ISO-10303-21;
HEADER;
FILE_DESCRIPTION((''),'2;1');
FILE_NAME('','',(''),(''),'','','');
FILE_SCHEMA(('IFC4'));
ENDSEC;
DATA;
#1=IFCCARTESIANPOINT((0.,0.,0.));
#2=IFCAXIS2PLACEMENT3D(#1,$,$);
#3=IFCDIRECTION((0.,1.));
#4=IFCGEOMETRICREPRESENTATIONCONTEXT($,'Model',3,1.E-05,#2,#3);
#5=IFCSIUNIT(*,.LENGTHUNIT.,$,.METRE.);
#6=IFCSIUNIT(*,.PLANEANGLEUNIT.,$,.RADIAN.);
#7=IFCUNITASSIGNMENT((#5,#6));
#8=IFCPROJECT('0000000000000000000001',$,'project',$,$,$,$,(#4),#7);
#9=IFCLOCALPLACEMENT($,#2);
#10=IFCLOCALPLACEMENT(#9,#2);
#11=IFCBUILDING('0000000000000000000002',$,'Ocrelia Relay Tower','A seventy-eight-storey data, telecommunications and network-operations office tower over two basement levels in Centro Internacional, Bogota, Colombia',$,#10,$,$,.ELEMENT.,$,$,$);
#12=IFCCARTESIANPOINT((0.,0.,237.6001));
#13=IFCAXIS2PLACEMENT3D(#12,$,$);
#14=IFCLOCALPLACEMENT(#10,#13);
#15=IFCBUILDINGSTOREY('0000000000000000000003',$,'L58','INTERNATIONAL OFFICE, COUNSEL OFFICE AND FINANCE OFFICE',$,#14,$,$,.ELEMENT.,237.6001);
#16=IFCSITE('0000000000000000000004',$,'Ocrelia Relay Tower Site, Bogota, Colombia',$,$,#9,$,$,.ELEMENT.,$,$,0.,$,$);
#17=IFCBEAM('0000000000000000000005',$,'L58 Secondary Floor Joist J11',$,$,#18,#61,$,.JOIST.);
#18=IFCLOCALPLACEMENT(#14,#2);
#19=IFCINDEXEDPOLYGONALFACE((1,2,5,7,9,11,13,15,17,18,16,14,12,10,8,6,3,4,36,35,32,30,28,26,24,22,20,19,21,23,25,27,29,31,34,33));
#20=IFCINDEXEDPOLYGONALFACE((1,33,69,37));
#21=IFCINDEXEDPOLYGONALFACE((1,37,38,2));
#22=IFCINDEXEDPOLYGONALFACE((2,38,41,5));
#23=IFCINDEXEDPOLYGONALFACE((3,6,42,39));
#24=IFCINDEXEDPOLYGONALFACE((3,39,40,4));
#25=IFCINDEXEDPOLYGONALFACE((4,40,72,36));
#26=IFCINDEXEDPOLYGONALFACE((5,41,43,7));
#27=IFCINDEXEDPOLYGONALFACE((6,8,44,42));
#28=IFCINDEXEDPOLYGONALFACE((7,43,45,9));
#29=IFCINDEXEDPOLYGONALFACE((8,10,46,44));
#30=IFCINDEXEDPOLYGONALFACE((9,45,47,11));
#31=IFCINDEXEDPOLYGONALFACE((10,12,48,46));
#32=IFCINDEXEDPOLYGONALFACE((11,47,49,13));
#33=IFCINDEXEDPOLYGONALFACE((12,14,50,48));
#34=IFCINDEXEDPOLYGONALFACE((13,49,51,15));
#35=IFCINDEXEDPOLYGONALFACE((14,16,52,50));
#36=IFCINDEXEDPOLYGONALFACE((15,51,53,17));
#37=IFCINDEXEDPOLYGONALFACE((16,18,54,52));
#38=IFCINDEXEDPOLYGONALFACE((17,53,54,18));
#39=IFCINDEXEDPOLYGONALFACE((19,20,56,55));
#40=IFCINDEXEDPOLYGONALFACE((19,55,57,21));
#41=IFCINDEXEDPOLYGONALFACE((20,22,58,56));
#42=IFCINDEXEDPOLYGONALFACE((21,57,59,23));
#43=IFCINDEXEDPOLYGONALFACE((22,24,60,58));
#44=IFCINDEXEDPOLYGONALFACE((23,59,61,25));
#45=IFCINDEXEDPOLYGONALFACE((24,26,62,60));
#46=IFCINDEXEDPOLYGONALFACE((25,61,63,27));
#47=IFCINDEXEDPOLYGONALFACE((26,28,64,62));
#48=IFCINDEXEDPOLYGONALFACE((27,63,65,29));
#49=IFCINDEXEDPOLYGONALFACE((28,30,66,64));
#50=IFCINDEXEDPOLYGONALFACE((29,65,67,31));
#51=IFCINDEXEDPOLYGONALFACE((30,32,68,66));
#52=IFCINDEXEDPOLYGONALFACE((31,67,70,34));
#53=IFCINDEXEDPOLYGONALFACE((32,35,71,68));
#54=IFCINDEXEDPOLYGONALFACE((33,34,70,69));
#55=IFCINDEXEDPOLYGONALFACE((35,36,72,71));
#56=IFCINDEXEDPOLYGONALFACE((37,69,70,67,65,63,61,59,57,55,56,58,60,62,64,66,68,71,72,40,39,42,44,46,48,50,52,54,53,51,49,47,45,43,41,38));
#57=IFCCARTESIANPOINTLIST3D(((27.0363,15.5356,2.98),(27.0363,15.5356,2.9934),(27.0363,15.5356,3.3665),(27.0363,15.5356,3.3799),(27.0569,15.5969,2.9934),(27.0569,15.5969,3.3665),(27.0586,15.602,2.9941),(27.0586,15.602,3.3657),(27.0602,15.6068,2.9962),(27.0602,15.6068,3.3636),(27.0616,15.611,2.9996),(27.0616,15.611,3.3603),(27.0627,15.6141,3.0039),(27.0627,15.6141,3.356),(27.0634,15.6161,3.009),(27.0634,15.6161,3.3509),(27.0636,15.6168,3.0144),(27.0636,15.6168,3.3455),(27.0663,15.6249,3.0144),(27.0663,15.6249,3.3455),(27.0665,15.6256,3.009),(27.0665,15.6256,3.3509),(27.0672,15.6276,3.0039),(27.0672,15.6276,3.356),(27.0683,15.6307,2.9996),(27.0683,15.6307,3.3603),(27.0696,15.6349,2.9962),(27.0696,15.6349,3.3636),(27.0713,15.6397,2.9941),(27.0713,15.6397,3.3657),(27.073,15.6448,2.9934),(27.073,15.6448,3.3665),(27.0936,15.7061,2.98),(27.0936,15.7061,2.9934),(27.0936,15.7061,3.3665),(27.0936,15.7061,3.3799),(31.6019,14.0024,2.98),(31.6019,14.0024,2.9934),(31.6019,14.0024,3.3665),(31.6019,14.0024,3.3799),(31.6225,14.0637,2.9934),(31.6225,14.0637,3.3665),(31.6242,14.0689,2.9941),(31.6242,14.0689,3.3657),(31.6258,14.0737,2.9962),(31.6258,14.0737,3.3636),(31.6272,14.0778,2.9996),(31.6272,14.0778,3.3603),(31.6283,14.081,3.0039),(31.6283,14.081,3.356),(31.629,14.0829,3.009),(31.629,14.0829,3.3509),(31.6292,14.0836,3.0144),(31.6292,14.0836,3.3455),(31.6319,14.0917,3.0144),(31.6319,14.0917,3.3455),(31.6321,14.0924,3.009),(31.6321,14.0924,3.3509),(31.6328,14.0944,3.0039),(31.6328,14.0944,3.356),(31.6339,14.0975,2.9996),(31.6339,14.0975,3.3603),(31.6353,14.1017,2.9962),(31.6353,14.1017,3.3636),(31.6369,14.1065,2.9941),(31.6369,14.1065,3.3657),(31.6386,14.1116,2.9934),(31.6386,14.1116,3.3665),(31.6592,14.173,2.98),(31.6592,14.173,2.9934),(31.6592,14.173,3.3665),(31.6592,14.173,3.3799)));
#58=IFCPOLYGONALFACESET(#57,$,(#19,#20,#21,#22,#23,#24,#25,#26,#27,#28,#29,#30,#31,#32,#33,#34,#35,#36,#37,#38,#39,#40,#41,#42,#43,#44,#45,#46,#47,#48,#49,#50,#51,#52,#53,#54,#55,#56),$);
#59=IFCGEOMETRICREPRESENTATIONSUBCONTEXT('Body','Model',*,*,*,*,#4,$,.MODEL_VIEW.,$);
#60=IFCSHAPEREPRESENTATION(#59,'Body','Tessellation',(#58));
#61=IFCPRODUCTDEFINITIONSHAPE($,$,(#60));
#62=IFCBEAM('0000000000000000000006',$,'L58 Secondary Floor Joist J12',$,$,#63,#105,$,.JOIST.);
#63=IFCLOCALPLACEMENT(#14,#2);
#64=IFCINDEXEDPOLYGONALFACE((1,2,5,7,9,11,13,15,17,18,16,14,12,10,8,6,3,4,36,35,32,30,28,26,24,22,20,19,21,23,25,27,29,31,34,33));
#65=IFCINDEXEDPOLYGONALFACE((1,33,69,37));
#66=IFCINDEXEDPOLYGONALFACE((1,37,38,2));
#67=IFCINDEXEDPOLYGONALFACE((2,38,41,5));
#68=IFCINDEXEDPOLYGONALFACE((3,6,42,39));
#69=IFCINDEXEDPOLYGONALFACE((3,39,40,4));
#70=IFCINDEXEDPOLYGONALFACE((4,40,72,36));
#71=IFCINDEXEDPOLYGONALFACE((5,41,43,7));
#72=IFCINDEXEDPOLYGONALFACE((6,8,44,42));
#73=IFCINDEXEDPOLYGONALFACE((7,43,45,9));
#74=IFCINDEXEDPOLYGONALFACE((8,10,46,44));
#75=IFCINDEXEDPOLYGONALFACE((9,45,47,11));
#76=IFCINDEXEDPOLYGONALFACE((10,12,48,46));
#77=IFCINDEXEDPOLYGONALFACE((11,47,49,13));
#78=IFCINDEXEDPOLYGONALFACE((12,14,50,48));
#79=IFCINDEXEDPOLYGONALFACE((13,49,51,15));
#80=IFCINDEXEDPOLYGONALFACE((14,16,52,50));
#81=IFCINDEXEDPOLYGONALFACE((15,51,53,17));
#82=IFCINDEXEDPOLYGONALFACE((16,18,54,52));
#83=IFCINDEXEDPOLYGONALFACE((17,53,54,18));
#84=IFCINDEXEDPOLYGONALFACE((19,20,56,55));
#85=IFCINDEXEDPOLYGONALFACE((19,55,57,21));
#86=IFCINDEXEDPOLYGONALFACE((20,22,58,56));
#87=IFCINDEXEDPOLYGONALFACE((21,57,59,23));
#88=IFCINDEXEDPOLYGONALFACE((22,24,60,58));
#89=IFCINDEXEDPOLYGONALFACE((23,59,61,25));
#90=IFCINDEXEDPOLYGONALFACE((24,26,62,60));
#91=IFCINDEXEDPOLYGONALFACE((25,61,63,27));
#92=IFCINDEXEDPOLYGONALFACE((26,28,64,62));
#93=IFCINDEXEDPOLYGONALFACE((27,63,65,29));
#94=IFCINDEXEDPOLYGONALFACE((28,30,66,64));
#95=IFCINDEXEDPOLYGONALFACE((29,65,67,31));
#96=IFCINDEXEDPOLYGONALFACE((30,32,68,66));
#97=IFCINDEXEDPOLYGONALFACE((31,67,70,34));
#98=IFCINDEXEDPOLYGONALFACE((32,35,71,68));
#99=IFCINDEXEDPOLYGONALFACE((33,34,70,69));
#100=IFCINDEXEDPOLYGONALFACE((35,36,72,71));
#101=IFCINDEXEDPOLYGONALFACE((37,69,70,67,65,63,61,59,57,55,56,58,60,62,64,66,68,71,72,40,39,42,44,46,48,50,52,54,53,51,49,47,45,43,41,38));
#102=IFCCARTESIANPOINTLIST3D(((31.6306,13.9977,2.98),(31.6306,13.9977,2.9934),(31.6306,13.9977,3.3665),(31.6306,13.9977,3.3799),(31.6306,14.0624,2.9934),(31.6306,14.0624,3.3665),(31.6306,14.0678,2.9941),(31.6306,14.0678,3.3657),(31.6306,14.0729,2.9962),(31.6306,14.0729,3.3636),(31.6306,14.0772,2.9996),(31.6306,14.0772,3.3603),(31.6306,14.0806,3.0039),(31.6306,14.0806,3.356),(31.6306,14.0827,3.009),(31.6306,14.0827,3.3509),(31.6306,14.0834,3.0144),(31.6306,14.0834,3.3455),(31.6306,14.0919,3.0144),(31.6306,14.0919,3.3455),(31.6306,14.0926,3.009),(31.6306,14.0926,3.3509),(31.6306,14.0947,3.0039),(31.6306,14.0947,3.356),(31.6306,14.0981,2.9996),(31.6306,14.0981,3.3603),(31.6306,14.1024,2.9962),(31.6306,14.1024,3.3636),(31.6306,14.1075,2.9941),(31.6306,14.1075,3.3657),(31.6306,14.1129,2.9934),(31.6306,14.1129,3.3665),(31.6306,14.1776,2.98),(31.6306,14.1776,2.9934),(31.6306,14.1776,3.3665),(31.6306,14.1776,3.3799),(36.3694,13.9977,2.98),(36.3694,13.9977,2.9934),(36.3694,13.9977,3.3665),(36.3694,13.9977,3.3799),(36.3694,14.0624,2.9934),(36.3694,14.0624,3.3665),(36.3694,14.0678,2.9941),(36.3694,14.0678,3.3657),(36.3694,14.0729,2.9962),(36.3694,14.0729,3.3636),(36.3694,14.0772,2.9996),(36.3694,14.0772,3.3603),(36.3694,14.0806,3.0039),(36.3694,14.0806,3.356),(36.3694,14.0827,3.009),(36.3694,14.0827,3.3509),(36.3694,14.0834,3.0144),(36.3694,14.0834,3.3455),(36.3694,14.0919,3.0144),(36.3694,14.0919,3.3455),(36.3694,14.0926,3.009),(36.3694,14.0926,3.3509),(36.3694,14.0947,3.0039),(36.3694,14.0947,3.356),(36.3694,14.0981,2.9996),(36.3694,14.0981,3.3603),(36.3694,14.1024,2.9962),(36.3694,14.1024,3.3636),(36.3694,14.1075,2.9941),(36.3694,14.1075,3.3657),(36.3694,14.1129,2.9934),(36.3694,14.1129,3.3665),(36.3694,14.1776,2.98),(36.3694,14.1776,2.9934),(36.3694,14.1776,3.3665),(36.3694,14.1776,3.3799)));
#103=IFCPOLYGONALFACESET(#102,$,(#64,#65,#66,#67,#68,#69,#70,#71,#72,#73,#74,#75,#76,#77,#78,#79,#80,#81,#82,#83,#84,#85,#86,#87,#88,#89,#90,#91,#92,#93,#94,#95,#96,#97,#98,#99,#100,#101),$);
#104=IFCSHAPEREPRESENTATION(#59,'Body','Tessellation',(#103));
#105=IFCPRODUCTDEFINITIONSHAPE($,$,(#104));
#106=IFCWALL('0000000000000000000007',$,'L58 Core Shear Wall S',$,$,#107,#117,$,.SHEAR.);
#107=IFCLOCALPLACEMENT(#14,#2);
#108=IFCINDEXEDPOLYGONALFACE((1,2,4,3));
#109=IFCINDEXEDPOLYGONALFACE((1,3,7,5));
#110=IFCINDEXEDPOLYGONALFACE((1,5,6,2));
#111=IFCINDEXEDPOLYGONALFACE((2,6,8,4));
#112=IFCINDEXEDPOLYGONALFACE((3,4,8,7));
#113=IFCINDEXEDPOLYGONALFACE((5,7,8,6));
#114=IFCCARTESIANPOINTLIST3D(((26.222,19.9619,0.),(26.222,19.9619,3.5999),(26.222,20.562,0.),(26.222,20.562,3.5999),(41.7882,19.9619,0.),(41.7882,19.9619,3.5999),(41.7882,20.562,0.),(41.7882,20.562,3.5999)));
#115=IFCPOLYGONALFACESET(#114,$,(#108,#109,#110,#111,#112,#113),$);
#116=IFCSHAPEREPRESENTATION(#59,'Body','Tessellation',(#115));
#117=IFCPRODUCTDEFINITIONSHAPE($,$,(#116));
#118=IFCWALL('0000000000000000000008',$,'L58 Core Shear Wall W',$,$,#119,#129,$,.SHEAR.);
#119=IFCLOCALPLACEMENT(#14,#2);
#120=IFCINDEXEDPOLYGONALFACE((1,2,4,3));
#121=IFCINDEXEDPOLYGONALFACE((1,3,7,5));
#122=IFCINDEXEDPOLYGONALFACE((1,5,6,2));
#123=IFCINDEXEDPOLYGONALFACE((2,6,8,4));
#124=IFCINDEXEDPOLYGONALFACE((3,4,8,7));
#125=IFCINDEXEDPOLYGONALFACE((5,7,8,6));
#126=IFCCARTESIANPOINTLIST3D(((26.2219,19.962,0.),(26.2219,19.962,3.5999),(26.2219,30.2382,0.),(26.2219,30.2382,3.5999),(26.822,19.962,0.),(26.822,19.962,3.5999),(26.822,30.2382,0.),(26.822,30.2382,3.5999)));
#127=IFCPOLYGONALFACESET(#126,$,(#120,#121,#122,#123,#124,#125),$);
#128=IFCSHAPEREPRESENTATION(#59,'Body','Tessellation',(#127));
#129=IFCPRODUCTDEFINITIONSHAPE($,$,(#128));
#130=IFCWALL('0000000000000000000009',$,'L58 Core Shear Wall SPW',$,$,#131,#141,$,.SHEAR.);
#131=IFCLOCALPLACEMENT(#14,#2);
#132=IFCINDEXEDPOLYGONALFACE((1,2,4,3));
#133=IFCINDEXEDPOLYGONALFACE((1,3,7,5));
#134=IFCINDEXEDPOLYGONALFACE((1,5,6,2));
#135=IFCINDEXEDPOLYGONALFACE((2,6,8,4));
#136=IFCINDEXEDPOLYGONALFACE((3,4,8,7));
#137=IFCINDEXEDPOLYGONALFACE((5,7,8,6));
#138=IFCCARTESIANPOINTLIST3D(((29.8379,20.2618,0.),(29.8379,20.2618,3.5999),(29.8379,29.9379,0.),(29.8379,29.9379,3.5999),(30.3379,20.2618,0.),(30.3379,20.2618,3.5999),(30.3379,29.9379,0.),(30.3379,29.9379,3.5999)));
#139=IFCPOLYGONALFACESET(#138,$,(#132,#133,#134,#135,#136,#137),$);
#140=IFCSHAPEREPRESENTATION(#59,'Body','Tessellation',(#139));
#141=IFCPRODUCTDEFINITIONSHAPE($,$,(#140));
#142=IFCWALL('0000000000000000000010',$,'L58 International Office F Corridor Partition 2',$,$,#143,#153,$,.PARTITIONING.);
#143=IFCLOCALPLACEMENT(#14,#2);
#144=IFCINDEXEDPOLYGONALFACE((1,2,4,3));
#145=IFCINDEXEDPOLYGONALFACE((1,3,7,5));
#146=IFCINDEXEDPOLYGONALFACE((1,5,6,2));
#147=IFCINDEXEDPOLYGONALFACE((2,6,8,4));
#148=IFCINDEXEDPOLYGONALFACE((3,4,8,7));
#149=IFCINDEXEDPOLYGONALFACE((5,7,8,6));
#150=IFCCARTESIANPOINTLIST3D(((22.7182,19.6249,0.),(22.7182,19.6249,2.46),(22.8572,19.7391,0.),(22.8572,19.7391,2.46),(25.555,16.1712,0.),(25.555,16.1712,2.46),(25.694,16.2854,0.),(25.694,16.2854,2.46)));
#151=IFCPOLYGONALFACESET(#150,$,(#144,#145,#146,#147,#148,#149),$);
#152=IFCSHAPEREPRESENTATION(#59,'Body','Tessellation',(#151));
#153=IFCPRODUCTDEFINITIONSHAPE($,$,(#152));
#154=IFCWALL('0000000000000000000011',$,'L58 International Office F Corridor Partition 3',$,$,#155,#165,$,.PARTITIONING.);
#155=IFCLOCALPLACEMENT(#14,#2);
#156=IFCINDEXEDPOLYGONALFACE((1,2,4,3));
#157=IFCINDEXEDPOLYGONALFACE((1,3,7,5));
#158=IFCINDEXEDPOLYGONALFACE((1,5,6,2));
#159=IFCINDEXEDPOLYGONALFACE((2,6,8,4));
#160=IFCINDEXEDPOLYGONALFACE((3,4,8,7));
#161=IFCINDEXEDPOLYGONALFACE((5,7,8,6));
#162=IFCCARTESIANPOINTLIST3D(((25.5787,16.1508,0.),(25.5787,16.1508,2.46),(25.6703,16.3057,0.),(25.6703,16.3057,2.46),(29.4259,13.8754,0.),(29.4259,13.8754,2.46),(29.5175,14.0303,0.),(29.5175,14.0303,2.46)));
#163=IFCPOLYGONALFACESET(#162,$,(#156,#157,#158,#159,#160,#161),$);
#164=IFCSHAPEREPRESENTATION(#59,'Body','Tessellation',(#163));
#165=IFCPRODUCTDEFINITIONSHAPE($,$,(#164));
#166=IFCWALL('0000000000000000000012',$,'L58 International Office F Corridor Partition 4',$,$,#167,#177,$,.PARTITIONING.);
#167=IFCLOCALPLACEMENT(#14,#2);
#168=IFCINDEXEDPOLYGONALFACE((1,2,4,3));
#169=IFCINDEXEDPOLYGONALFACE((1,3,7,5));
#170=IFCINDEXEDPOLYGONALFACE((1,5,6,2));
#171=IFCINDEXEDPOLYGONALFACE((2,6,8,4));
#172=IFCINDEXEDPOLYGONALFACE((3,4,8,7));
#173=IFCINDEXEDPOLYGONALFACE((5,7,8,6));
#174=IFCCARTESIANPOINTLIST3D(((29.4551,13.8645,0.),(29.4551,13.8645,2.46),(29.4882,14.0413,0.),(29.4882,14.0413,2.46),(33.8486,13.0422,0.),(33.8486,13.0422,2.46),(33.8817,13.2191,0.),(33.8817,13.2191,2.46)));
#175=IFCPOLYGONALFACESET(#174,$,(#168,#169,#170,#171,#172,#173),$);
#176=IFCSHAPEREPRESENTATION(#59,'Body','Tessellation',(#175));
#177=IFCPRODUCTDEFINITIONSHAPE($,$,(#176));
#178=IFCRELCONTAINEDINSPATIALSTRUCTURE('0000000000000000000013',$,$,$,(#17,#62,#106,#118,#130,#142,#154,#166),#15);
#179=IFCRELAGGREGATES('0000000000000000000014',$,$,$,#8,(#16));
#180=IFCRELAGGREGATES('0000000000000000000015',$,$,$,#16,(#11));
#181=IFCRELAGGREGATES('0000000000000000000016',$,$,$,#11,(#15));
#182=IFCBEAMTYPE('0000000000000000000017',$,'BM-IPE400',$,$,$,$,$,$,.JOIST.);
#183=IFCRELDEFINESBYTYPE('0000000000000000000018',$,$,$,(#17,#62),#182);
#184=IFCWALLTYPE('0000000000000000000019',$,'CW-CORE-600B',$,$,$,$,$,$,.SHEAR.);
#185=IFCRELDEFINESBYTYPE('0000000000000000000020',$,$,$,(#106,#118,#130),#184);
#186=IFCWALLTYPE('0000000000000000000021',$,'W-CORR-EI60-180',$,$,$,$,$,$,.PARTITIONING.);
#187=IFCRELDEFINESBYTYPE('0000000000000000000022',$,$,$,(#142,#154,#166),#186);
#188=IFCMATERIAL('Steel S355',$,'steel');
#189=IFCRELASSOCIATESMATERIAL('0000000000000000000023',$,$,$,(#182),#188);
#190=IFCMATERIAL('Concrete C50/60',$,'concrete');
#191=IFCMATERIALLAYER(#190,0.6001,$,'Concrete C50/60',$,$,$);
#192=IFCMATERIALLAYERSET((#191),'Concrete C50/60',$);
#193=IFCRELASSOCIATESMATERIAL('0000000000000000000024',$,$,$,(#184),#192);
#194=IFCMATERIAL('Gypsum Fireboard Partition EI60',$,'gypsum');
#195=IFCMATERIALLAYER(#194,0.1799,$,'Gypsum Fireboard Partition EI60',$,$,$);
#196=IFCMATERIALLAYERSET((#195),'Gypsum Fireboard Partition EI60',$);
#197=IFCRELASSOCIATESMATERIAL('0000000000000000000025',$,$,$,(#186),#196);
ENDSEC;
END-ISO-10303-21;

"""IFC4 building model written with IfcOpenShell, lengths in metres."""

from ifc_helpers import new_model, si_unit, direction, frame, frame_2d, origin, origin_2d, place, context, subcontext, project, spatial, rectangle, i_section, extrude, material, layer, layer_set, material_profile, profile_set, type_object, element, save


model = new_model("IFC4")

# Units and contexts
model_context = context("Model", 3, precision=1e-05, world=origin(), true_north=direction((0.0, 1.0)))
body_context = subcontext(model_context, "Body", "Model", "MODEL_VIEW")
ifc_project = project(units=[si_unit("LENGTHUNIT", "METRE"), si_unit("PLANEANGLEUNIT", "RADIAN")], contexts=[model_context])

# Site, building, storey
site_placement = place(None, origin())
site = spatial("IfcSite", under=ifc_project, at=site_placement, Name="Ocrelia Relay Tower Site, Bogota, Colombia", CompositionType="ELEMENT", RefElevation=0.0)
building_placement = place(site_placement, origin())
building = spatial("IfcBuilding", under=site, at=building_placement, Name="Ocrelia Relay Tower", Description="A seventy-eight-storey data, telecommunications and network-operations office tower over two basement levels in Centro Internacional, Bogota, Colombia", CompositionType="ELEMENT")
storey_placement = place(building_placement, frame((0.0, 0.0, 237.6001)))
storey = spatial("IfcBuildingStorey", under=building, at=storey_placement, Name="L58", Description="INTERNATIONAL OFFICE, COUNSEL OFFICE AND FINANCE OFFICE", CompositionType="ELEMENT", Elevation=237.6001)

# Shared definitions
ifc_material_1 = material(Name="Concrete C50/60", Category="concrete")

# Beams
ifc_material_2 = material(Name="Steel S355", Category="steel")
ifc_material_profile_1 = material_profile(ifc_material_2, i_section(OverallWidth=0.1799, OverallDepth=0.3999, WebThickness=0.0085, FlangeThickness=0.0134, FilletRadius=0.021, at=origin_2d()), Name="IPE 400")
ifc_profile_set_1 = profile_set([ifc_material_profile_1], Name="Steel S355")
beam_type_1 = type_object("IfcBeamType", Name="BM-IPE400", PredefinedType="JOIST", material=ifc_profile_set_1)
beam_1_placement = place(storey_placement, frame((27.0649, 15.6208, 3.1799), z_axis=(0.947976, -0.318341, 0.0), x_axis=(0.318341, 0.947976, 0.0)))
element("IfcBeam", 1, at=beam_1_placement, inside=storey, type_object=beam_type_1, Name="L58 Secondary Floor Joist J11", PredefinedType="JOIST", context=body_context, shape_type="SweptSolid", body=[
    extrude(i_section(OverallWidth=0.1799, OverallDepth=0.3999, WebThickness=0.0085, FlangeThickness=0.0134, FilletRadius=0.021, at=origin_2d()), origin(), (0.0, 0.0, 1.0), 4.8162),
])
beam_2_placement = place(storey_placement, frame((31.6306, 14.0876, 3.1799), z_axis=(1.0, 0.0, 0.0), x_axis=(0.0, 1.0, 0.0)))
element("IfcBeam", 2, at=beam_2_placement, inside=storey, type_object=beam_type_1, Name="L58 Secondary Floor Joist J12", PredefinedType="JOIST", context=body_context, shape_type="SweptSolid", body=[
    extrude(i_section(OverallWidth=0.1799, OverallDepth=0.3999, WebThickness=0.0085, FlangeThickness=0.0134, FilletRadius=0.021, at=origin_2d()), origin(), (0.0, 0.0, 1.0), 4.7388),
])

# Walls
ifc_layer_1 = layer(ifc_material_1, 0.6001, Name="Concrete C50/60")
ifc_layer_set_1 = layer_set([ifc_layer_1], Name="Concrete C50/60")
wall_type_1 = type_object("IfcWallType", Name="CW-CORE-600B", PredefinedType="SHEAR", material=ifc_layer_set_1)
wall_1_placement = place(storey_placement, frame((26.2219, 20.262, 0.0), z_axis=(0.0, 0.0, 1.0), x_axis=(1.0, 0.0, 0.0)))
element("IfcWall", 3, at=wall_1_placement, inside=storey, type_object=wall_type_1, Name="L58 Core Shear Wall S", PredefinedType="SHEAR", context=body_context, shape_type="SweptSolid", body=[
    extrude(rectangle(XDim=15.5662, YDim=0.6001, at=frame_2d((7.7832, 0.0))), origin(), (0.0, 0.0, 1.0), 3.5999),
])
wall_2_placement = place(storey_placement, frame((26.522, 19.9619, 0.0), z_axis=(0.0, 0.0, 1.0), x_axis=(0.0, 1.0, 0.0)))
element("IfcWall", 4, at=wall_2_placement, inside=storey, type_object=wall_type_1, Name="L58 Core Shear Wall W", PredefinedType="SHEAR", context=body_context, shape_type="SweptSolid", body=[
    extrude(rectangle(XDim=10.2761, YDim=0.6001, at=frame_2d((5.1382, 0.0))), origin(), (0.0, 0.0, 1.0), 3.5999),
])
wall_3_placement = place(storey_placement, frame((30.0879, 20.262, 0.0), z_axis=(0.0, 0.0, 1.0), x_axis=(0.0, 1.0, 0.0)))
element("IfcWall", 5, at=wall_3_placement, inside=storey, type_object=wall_type_1, Name="L58 Core Shear Wall SPW", PredefinedType="SHEAR", context=body_context, shape_type="SweptSolid", body=[
    extrude(rectangle(XDim=9.676, YDim=0.5, at=frame_2d((4.8379, 0.0))), origin(), (0.0, 0.0, 1.0), 3.5999),
])

# Shared definitions
ifc_material_3 = material(Name="Gypsum Fireboard Partition EI60", Category="gypsum")
ifc_layer_2 = layer(ifc_material_3, 0.1799, Name="Gypsum Fireboard Partition EI60")
ifc_layer_set_2 = layer_set([ifc_layer_2], Name="Gypsum Fireboard Partition EI60")
wall_type_2 = type_object("IfcWallType", Name="W-CORR-EI60-180", PredefinedType="PARTITIONING", material=ifc_layer_set_2)

# Walls
wall_4_placement = place(storey_placement, frame((22.7876, 19.6821, 0.0), z_axis=(0.0, 0.0, 1.0), x_axis=(0.634715, -0.772746, 0.0)))
element("IfcWall", 6, at=wall_4_placement, inside=storey, type_object=wall_type_2, Name="L58 International Office F Corridor Partition 2", PredefinedType="PARTITIONING", context=body_context, shape_type="SweptSolid", body=[
    extrude(rectangle(XDim=4.4695, YDim=0.1799, at=frame_2d((2.2349, 0.0))), origin(), (0.0, 0.0, 1.0), 2.46),
])
for number, where, z_axis, x_axis, name in (
    (7, (25.6245, 16.2283, 0.0), (0.0, 0.0, 1.0), (0.860724, -0.509072, 0.0), "L58 International Office F Corridor Partition 3"),
    (8, (29.4717, 13.9529, 0.0), (0.0, 0.0, 1.0), (0.982934, -0.183959, 0.0), "L58 International Office F Corridor Partition 4"),
):
    element("IfcWall", number, at=place(storey_placement, frame(where, z_axis=z_axis, x_axis=x_axis)), inside=storey, type_object=wall_type_2, Name=name, PredefinedType="PARTITIONING", context=body_context, shape_type="SweptSolid", body=[
        extrude(rectangle(XDim=4.4697, YDim=0.1799, at=frame_2d((2.2349, 0.0))), origin(), (0.0, 0.0, 1.0), 2.46),
    ])

save(model, "model.ifc")
